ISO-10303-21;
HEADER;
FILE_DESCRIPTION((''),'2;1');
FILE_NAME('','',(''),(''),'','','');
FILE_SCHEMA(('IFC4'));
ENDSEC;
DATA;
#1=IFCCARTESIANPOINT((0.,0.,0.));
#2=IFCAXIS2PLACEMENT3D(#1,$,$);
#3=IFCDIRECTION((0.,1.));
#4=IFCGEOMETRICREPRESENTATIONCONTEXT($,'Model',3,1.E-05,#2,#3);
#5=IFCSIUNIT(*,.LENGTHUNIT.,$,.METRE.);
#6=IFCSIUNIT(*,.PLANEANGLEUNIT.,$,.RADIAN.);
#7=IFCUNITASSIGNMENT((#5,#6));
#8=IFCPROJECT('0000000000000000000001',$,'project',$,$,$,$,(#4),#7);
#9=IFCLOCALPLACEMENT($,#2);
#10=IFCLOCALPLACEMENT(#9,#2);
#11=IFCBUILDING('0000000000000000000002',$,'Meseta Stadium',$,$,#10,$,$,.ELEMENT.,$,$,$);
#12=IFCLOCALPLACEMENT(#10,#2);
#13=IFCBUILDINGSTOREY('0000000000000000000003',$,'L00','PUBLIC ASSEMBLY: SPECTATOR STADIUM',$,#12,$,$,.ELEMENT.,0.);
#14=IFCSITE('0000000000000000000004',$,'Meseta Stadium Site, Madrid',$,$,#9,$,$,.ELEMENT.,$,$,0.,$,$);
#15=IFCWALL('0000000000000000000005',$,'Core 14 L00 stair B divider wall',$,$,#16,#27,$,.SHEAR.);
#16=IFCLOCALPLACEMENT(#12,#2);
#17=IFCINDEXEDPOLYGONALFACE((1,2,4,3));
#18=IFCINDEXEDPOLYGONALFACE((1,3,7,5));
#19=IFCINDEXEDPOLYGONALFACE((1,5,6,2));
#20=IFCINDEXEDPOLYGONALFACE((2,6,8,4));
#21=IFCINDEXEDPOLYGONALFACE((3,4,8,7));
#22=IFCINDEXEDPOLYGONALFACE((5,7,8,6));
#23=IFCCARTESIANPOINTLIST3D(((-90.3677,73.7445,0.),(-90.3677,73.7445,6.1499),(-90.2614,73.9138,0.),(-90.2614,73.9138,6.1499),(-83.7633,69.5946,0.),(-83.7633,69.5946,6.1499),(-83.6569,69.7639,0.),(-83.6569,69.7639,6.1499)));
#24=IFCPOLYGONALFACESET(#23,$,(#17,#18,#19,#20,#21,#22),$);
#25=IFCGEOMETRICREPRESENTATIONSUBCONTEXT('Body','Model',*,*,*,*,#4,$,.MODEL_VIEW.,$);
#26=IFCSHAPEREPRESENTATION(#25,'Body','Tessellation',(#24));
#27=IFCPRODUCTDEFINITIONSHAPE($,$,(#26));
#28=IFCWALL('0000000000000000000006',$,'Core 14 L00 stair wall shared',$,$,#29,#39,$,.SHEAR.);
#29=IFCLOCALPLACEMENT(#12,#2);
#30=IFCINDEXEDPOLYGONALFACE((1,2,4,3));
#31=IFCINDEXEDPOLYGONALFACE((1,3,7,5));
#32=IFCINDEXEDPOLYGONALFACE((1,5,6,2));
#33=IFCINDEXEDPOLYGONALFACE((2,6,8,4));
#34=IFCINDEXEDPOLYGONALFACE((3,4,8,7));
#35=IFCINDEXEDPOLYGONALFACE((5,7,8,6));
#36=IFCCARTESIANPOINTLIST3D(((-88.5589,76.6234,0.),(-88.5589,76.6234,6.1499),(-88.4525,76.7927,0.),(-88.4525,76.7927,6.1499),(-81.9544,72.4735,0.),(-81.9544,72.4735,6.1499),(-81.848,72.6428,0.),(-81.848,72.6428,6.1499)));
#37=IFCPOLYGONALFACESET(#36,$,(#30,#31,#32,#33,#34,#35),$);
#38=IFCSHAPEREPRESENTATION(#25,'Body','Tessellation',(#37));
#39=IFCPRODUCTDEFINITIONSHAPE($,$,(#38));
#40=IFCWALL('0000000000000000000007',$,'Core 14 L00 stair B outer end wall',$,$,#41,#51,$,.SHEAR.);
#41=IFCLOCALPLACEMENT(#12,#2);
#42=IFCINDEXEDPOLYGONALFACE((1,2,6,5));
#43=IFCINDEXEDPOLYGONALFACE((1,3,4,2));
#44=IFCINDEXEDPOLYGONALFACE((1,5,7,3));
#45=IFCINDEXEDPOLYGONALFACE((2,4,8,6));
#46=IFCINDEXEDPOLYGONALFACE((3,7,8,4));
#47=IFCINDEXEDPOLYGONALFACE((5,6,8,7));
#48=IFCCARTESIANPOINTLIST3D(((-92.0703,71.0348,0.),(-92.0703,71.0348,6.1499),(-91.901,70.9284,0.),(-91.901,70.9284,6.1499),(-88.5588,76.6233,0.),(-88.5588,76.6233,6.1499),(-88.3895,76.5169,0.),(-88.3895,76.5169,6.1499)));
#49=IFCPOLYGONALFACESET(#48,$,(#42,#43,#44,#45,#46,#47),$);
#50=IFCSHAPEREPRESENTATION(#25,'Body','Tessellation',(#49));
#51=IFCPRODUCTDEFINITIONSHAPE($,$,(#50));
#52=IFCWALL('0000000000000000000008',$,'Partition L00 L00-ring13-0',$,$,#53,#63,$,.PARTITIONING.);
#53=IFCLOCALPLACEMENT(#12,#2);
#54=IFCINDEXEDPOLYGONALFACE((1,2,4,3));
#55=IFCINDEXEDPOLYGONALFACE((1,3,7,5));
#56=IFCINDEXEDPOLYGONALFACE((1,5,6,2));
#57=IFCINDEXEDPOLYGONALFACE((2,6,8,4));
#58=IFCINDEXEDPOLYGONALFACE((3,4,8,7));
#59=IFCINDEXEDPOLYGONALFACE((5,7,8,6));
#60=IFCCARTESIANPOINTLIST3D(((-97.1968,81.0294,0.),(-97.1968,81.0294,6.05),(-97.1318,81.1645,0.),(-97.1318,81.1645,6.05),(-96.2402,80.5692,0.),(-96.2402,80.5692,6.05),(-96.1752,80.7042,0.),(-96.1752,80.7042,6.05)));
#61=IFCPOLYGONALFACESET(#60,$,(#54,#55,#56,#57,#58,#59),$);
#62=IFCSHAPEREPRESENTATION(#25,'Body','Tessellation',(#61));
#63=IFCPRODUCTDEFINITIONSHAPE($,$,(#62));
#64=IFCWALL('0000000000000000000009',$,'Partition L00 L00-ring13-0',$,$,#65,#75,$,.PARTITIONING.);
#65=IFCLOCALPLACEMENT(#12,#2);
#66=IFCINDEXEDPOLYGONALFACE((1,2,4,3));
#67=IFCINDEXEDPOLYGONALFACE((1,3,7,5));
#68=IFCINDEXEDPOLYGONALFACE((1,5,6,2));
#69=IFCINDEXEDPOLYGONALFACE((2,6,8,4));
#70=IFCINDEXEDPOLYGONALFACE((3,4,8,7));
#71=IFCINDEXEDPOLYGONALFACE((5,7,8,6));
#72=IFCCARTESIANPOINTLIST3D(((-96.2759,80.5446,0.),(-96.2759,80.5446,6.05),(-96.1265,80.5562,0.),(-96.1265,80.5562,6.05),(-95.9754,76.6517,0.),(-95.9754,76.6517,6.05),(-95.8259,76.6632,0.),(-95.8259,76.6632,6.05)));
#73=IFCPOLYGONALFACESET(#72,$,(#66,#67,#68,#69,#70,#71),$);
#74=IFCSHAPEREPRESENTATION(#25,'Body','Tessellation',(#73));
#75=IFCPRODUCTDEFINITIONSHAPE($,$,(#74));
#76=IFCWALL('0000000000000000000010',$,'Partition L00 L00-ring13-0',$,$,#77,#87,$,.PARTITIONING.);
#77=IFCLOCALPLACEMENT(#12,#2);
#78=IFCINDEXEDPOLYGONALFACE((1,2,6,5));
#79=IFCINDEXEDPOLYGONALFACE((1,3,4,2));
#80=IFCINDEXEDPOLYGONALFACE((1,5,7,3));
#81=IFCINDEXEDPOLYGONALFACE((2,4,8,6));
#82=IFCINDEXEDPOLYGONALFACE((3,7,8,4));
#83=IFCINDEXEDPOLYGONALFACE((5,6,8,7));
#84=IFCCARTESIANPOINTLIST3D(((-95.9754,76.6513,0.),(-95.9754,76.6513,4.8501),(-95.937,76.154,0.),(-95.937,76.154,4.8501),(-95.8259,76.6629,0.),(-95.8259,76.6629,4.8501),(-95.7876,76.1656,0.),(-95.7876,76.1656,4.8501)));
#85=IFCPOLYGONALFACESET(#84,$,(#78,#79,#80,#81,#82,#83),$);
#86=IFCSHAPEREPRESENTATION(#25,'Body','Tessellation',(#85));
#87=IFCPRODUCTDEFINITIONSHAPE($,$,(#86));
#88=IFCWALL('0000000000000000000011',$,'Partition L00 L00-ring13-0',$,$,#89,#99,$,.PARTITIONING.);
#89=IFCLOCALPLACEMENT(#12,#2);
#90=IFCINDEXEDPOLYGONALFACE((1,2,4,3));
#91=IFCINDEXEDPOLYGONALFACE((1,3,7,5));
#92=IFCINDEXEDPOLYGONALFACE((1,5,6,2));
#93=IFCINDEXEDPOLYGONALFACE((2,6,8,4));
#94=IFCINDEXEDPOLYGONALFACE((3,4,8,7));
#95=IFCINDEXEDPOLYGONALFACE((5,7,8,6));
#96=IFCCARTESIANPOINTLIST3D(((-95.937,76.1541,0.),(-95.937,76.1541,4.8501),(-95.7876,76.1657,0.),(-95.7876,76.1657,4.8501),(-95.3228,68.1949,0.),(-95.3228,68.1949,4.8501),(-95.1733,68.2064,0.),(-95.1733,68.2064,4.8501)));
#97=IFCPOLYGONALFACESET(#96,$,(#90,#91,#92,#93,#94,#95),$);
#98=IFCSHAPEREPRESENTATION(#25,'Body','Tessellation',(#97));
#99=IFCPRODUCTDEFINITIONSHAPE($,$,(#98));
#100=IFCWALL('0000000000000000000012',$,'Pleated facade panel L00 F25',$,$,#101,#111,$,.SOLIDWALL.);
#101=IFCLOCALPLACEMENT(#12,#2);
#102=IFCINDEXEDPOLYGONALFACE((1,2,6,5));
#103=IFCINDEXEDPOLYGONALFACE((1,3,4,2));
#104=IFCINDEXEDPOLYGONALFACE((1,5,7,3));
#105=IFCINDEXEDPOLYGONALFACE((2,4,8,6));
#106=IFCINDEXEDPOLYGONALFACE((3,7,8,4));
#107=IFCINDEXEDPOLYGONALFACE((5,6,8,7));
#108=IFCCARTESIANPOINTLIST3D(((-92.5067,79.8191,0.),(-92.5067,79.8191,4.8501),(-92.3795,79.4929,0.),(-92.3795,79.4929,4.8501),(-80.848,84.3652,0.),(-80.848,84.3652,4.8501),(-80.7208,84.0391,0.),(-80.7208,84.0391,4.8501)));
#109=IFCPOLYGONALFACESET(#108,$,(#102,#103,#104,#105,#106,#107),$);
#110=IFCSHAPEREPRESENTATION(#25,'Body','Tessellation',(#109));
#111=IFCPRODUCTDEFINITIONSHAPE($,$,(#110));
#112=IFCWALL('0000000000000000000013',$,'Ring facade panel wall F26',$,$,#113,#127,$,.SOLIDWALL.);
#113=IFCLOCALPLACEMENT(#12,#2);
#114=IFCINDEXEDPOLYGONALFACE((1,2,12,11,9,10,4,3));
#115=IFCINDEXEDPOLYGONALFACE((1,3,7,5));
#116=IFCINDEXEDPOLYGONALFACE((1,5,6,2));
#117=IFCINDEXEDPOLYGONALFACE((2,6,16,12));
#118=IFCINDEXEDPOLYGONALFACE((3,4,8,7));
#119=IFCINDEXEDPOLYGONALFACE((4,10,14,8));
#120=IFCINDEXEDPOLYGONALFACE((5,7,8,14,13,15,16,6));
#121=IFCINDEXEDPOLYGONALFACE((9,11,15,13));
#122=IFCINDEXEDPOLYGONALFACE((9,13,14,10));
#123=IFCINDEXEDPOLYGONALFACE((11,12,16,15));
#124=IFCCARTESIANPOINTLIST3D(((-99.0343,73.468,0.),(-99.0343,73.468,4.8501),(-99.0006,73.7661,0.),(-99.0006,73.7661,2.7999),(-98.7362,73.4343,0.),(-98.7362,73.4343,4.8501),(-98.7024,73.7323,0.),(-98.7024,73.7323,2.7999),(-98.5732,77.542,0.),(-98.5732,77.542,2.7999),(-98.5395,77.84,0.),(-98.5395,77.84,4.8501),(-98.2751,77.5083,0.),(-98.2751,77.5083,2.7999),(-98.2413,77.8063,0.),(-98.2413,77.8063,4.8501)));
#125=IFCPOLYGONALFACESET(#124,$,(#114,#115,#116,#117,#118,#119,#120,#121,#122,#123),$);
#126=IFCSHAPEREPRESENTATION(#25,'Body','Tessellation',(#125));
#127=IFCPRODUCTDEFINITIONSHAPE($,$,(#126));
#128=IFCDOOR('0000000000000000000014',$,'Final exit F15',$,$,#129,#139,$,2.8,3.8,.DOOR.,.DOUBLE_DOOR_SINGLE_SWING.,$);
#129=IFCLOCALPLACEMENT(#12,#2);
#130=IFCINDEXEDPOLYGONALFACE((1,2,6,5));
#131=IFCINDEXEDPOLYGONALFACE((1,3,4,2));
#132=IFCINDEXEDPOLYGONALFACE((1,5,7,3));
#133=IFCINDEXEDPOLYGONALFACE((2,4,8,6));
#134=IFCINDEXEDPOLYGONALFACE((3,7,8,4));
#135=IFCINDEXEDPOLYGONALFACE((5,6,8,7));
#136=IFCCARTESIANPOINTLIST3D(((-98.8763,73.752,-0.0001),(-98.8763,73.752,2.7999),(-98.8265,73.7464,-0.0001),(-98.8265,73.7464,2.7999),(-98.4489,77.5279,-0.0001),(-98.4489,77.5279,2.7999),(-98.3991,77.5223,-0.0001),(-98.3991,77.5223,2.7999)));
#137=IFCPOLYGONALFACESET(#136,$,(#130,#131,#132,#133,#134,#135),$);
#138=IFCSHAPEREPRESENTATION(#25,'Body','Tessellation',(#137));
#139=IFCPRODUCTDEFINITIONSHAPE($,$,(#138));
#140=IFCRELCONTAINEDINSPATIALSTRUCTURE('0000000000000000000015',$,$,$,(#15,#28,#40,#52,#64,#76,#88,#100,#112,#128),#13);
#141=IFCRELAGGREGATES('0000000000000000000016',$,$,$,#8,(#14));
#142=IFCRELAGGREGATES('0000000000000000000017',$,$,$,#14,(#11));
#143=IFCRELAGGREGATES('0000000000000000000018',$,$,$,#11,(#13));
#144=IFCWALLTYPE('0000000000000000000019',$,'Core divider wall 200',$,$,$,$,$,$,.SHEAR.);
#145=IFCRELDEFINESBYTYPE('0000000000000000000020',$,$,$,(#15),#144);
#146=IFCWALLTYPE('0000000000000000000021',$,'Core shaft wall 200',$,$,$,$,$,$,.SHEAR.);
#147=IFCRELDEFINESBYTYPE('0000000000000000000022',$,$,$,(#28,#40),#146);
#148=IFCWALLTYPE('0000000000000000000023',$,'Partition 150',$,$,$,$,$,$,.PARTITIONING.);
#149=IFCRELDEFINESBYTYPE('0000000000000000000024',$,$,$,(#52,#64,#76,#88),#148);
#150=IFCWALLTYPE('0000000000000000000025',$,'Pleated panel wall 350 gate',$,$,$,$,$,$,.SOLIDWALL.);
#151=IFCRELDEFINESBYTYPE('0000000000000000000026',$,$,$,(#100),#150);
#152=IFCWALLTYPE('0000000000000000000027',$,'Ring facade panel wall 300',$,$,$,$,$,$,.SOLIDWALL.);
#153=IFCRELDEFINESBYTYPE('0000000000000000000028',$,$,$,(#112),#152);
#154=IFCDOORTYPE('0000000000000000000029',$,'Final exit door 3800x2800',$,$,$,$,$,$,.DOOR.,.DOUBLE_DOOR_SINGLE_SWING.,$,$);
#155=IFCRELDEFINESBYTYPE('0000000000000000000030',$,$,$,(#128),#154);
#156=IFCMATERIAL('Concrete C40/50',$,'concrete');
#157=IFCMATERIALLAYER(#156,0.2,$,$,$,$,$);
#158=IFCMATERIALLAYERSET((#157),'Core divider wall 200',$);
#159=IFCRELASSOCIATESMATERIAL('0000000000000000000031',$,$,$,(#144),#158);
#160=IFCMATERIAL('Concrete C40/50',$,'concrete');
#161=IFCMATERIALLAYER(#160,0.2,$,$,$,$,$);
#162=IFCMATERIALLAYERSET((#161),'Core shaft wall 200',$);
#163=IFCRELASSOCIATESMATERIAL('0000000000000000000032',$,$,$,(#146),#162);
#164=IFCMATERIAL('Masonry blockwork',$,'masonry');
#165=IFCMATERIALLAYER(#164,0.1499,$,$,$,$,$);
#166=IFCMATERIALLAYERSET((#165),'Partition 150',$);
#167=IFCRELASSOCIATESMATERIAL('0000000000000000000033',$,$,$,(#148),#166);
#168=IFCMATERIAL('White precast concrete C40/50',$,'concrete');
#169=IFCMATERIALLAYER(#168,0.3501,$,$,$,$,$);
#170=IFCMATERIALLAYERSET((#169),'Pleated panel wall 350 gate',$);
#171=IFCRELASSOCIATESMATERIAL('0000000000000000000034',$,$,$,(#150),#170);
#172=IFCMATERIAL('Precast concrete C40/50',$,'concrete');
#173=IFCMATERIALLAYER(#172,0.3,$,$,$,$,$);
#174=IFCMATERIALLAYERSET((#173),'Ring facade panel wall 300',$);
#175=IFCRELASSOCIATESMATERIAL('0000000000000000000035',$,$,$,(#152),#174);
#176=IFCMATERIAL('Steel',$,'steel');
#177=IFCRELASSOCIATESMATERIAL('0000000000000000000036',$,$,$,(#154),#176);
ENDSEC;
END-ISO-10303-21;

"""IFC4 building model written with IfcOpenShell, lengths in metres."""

from ifc_helpers import new_model, si_unit, direction, frame, frame_2d, origin, place, context, subcontext, project, spatial, rectangle, extrude, material, layer, layer_set, type_object, element, fill, save


model = new_model("IFC4")

# Units and contexts
model_context = context("Model", 3, precision=1e-05, world=origin(), true_north=direction((0.0, 1.0)))
body_context = subcontext(model_context, "Body", "Model", "MODEL_VIEW")
ifc_project = project(units=[si_unit("LENGTHUNIT", "METRE"), si_unit("PLANEANGLEUNIT", "RADIAN")], contexts=[model_context])

# Site, building, storey
site_placement = place(None, origin())
site = spatial("IfcSite", under=ifc_project, at=site_placement, Name="Meseta Stadium Site, Madrid", CompositionType="ELEMENT", RefElevation=0.0)
building_placement = place(site_placement, origin())
building = spatial("IfcBuilding", under=site, at=building_placement, Name="Meseta Stadium", CompositionType="ELEMENT")
storey_placement = place(building_placement, origin())
storey = spatial("IfcBuildingStorey", under=building, at=storey_placement, Name="L00", Description="PUBLIC ASSEMBLY: SPECTATOR STADIUM", CompositionType="ELEMENT", Elevation=0.0)

# Walls
ifc_material_1 = material(Name="Concrete C40/50", Category="concrete")
ifc_layer_1 = layer(ifc_material_1, 0.2)
ifc_layer_set_1 = layer_set([ifc_layer_1], Name="Core divider wall 200")
wall_type_1 = type_object("IfcWallType", Name="Core divider wall 200", PredefinedType="SHEAR", material=ifc_layer_set_1)
wall_1_placement = place(storey_placement, frame((-90.3145, 73.8291, 0.0), z_axis=(0.0, 0.0, 1.0), x_axis=(0.846723, -0.532034, 0.0)))
element("IfcWall", 1, at=wall_1_placement, inside=storey, type_object=wall_type_1, Name="Core 14 L00 stair B divider wall", PredefinedType="SHEAR", context=body_context, shape_type="SweptSolid", body=[
    extrude(rectangle(XDim=7.8, YDim=0.2, at=frame_2d((3.8999, 0.0))), origin(), (0.0, 0.0, 1.0), 6.1499),
])
ifc_material_2 = material(Name="Concrete C40/50", Category="concrete")
ifc_layer_2 = layer(ifc_material_2, 0.2)
ifc_layer_set_2 = layer_set([ifc_layer_2], Name="Core shaft wall 200")
wall_type_2 = type_object("IfcWallType", Name="Core shaft wall 200", PredefinedType="SHEAR", material=ifc_layer_set_2)
wall_2_placement = place(storey_placement, frame((-88.5056, 76.708, 0.0), z_axis=(0.0, 0.0, 1.0), x_axis=(0.846723, -0.532034, 0.0)))
element("IfcWall", 2, at=wall_2_placement, inside=storey, type_object=wall_type_2, Name="Core 14 L00 stair wall shared", PredefinedType="SHEAR", context=body_context, shape_type="SweptSolid", body=[
    extrude(rectangle(XDim=7.8, YDim=0.2, at=frame_2d((3.8999, 0.0))), origin(), (0.0, 0.0, 1.0), 6.1499),
])
wall_3_placement = place(storey_placement, frame((-88.4741, 76.5701, 0.0), z_axis=(0.0, 0.0, 1.0), x_axis=(-0.532039, -0.84672, 0.0)))
element("IfcWall", 3, at=wall_3_placement, inside=storey, type_object=wall_type_2, Name="Core 14 L00 stair B outer end wall", PredefinedType="SHEAR", context=body_context, shape_type="SweptSolid", body=[
    extrude(rectangle(XDim=6.6001, YDim=0.2, at=frame_2d((3.3, 0.0))), origin(), (0.0, 0.0, 1.0), 6.1499),
])
ifc_material_3 = material(Name="Masonry blockwork", Category="masonry")
ifc_layer_3 = layer(ifc_material_3, 0.1499)
ifc_layer_set_3 = layer_set([ifc_layer_3], Name="Partition 150")
wall_type_3 = type_object("IfcWallType", Name="Partition 150", PredefinedType="PARTITIONING", material=ifc_layer_set_3)
wall_4_placement = place(storey_placement, frame((-97.1643, 81.0969, 0.0), z_axis=(0.0, 0.0, 1.0), x_axis=(0.901131, -0.433546, 0.0)))
element("IfcWall", 4, at=wall_4_placement, inside=storey, type_object=wall_type_3, Name="Partition L00 L00-ring13-0", PredefinedType="PARTITIONING", context=body_context, shape_type="SweptSolid", body=[
    extrude(rectangle(XDim=1.0615, YDim=0.1499, at=frame_2d((0.5308, 0.0))), origin(), (0.0, 0.0, 1.0), 6.05),
])
wall_5_placement = place(storey_placement, frame((-96.2012, 80.5503, 0.0), z_axis=(0.0, 0.0, 1.0), x_axis=(0.076969, -0.997033, 0.0)))
element("IfcWall", 5, at=wall_5_placement, inside=storey, type_object=wall_type_3, Name="Partition L00 L00-ring13-0", PredefinedType="PARTITIONING", context=body_context, shape_type="SweptSolid", body=[
    extrude(rectangle(XDim=3.9045, YDim=0.1499, at=frame_2d((1.9521, 0.0))), origin(), (0.0, 0.0, 1.0), 6.05),
])
wall_6_placement = place(storey_placement, frame((-95.9006, 76.6572, 0.0), z_axis=(0.0, 0.0, 1.0), x_axis=(0.076846, -0.997043, 0.0)))
element("IfcWall", 6, at=wall_6_placement, inside=storey, type_object=wall_type_3, Name="Partition L00 L00-ring13-0", PredefinedType="PARTITIONING", context=body_context, shape_type="SweptSolid", body=[
    extrude(rectangle(XDim=0.4988, YDim=0.1499, at=frame_2d((0.2495, 0.0))), origin(), (0.0, 0.0, 1.0), 4.8501),
])
wall_7_placement = place(storey_placement, frame((-95.8623, 76.1599, 0.0), z_axis=(0.0, 0.0, 1.0), x_axis=(0.076947, -0.997035, 0.0)))
element("IfcWall", 7, at=wall_7_placement, inside=storey, type_object=wall_type_3, Name="Partition L00 L00-ring13-0", PredefinedType="PARTITIONING", context=body_context, shape_type="SweptSolid", body=[
    extrude(rectangle(XDim=7.9829, YDim=0.1499, at=frame_2d((3.9915, 0.0))), origin(), (0.0, 0.0, 1.0), 4.8501),
])
ifc_material_4 = material(Name="White precast concrete C40/50", Category="concrete")
ifc_layer_4 = layer(ifc_material_4, 0.3501)
ifc_layer_set_4 = layer_set([ifc_layer_4], Name="Pleated panel wall 350 gate")
wall_type_4 = type_object("IfcWallType", Name="Pleated panel wall 350 gate", PredefinedType="SOLIDWALL", material=ifc_layer_set_4)
wall_8_placement = place(storey_placement, frame((-92.4431, 79.656, 0.0), z_axis=(0.0, 0.0, 1.0), x_axis=(0.931675, 0.363293, 0.0)))
element("IfcWall", 8, at=wall_8_placement, inside=storey, type_object=wall_type_4, Name="Pleated facade panel L00 F25", PredefinedType="SOLIDWALL", context=body_context, shape_type="SweptSolid", body=[
    extrude(rectangle(XDim=12.5137, YDim=0.3501, at=frame_2d((6.2568, 0.0))), origin(), (0.0, 0.0, 1.0), 4.8501),
])

# Wall, opening, door
ifc_material_5 = material(Name="Precast concrete C40/50", Category="concrete")
ifc_layer_5 = layer(ifc_material_5, 0.3)
ifc_layer_set_5 = layer_set([ifc_layer_5], Name="Ring facade panel wall 300")
wall_type_5 = type_object("IfcWallType", Name="Ring facade panel wall 300", PredefinedType="SOLIDWALL", material=ifc_layer_set_5)
wall_9_placement = place(storey_placement, frame((-98.8853, 73.4512, 0.0), z_axis=(0.0, 0.0, 1.0), x_axis=(0.112471, 0.993655, 0.0)))
wall_9 = element("IfcWall", 9, at=wall_9_placement, inside=storey, type_object=wall_type_5, Name="Ring facade panel wall F26", PredefinedType="SOLIDWALL", context=body_context, shape_type="SweptSolid", body=[
    extrude(rectangle(XDim=4.3999, YDim=0.3, at=frame_2d((2.2, 0.0))), origin(), (0.0, 0.0, 1.0), 4.8501),
])
opening_placement = place(wall_9_placement, frame((0.3, 0.0, 0.0)))
opening = element("IfcOpeningElement", 10, at=opening_placement, cuts=wall_9, PredefinedType="OPENING", context=body_context, shape_type="SweptSolid", body=[
    extrude(rectangle(XDim=3.8, YDim=2.8, at=frame_2d((1.8999, 1.3999))), frame((0.0, 0.1599, 0.0), z_axis=(0.0, -1.0, 0.0), x_axis=(1.0, 0.0, 0.0)), (0.0, 0.0, 1.0), 0.3201),
])
ifc_material_6 = material(Name="Steel", Category="steel")
door_type = type_object("IfcDoorType", Name="Final exit door 3800x2800", OperationType="DOUBLE_DOOR_SINGLE_SWING", PredefinedType="DOOR", material=ifc_material_6)
door_placement = place(opening_placement, origin())
door = element("IfcDoor", 11, at=door_placement, inside=storey, type_object=door_type, Name="Final exit F15", OperationType="DOUBLE_DOOR_SINGLE_SWING", OverallHeight=2.8, OverallWidth=3.8, PredefinedType="DOOR", context=body_context, shape_type="SweptSolid", body=[
    extrude(rectangle(XDim=3.8, YDim=2.8, at=frame_2d((1.8999, 1.3999))), frame((0.0, 0.0249, 0.0), z_axis=(0.0, -1.0, 0.0), x_axis=(1.0, 0.0, 0.0)), (0.0, 0.0, 1.0), 0.05),
])
fill(opening, door)

save(model, "model.ifc")
